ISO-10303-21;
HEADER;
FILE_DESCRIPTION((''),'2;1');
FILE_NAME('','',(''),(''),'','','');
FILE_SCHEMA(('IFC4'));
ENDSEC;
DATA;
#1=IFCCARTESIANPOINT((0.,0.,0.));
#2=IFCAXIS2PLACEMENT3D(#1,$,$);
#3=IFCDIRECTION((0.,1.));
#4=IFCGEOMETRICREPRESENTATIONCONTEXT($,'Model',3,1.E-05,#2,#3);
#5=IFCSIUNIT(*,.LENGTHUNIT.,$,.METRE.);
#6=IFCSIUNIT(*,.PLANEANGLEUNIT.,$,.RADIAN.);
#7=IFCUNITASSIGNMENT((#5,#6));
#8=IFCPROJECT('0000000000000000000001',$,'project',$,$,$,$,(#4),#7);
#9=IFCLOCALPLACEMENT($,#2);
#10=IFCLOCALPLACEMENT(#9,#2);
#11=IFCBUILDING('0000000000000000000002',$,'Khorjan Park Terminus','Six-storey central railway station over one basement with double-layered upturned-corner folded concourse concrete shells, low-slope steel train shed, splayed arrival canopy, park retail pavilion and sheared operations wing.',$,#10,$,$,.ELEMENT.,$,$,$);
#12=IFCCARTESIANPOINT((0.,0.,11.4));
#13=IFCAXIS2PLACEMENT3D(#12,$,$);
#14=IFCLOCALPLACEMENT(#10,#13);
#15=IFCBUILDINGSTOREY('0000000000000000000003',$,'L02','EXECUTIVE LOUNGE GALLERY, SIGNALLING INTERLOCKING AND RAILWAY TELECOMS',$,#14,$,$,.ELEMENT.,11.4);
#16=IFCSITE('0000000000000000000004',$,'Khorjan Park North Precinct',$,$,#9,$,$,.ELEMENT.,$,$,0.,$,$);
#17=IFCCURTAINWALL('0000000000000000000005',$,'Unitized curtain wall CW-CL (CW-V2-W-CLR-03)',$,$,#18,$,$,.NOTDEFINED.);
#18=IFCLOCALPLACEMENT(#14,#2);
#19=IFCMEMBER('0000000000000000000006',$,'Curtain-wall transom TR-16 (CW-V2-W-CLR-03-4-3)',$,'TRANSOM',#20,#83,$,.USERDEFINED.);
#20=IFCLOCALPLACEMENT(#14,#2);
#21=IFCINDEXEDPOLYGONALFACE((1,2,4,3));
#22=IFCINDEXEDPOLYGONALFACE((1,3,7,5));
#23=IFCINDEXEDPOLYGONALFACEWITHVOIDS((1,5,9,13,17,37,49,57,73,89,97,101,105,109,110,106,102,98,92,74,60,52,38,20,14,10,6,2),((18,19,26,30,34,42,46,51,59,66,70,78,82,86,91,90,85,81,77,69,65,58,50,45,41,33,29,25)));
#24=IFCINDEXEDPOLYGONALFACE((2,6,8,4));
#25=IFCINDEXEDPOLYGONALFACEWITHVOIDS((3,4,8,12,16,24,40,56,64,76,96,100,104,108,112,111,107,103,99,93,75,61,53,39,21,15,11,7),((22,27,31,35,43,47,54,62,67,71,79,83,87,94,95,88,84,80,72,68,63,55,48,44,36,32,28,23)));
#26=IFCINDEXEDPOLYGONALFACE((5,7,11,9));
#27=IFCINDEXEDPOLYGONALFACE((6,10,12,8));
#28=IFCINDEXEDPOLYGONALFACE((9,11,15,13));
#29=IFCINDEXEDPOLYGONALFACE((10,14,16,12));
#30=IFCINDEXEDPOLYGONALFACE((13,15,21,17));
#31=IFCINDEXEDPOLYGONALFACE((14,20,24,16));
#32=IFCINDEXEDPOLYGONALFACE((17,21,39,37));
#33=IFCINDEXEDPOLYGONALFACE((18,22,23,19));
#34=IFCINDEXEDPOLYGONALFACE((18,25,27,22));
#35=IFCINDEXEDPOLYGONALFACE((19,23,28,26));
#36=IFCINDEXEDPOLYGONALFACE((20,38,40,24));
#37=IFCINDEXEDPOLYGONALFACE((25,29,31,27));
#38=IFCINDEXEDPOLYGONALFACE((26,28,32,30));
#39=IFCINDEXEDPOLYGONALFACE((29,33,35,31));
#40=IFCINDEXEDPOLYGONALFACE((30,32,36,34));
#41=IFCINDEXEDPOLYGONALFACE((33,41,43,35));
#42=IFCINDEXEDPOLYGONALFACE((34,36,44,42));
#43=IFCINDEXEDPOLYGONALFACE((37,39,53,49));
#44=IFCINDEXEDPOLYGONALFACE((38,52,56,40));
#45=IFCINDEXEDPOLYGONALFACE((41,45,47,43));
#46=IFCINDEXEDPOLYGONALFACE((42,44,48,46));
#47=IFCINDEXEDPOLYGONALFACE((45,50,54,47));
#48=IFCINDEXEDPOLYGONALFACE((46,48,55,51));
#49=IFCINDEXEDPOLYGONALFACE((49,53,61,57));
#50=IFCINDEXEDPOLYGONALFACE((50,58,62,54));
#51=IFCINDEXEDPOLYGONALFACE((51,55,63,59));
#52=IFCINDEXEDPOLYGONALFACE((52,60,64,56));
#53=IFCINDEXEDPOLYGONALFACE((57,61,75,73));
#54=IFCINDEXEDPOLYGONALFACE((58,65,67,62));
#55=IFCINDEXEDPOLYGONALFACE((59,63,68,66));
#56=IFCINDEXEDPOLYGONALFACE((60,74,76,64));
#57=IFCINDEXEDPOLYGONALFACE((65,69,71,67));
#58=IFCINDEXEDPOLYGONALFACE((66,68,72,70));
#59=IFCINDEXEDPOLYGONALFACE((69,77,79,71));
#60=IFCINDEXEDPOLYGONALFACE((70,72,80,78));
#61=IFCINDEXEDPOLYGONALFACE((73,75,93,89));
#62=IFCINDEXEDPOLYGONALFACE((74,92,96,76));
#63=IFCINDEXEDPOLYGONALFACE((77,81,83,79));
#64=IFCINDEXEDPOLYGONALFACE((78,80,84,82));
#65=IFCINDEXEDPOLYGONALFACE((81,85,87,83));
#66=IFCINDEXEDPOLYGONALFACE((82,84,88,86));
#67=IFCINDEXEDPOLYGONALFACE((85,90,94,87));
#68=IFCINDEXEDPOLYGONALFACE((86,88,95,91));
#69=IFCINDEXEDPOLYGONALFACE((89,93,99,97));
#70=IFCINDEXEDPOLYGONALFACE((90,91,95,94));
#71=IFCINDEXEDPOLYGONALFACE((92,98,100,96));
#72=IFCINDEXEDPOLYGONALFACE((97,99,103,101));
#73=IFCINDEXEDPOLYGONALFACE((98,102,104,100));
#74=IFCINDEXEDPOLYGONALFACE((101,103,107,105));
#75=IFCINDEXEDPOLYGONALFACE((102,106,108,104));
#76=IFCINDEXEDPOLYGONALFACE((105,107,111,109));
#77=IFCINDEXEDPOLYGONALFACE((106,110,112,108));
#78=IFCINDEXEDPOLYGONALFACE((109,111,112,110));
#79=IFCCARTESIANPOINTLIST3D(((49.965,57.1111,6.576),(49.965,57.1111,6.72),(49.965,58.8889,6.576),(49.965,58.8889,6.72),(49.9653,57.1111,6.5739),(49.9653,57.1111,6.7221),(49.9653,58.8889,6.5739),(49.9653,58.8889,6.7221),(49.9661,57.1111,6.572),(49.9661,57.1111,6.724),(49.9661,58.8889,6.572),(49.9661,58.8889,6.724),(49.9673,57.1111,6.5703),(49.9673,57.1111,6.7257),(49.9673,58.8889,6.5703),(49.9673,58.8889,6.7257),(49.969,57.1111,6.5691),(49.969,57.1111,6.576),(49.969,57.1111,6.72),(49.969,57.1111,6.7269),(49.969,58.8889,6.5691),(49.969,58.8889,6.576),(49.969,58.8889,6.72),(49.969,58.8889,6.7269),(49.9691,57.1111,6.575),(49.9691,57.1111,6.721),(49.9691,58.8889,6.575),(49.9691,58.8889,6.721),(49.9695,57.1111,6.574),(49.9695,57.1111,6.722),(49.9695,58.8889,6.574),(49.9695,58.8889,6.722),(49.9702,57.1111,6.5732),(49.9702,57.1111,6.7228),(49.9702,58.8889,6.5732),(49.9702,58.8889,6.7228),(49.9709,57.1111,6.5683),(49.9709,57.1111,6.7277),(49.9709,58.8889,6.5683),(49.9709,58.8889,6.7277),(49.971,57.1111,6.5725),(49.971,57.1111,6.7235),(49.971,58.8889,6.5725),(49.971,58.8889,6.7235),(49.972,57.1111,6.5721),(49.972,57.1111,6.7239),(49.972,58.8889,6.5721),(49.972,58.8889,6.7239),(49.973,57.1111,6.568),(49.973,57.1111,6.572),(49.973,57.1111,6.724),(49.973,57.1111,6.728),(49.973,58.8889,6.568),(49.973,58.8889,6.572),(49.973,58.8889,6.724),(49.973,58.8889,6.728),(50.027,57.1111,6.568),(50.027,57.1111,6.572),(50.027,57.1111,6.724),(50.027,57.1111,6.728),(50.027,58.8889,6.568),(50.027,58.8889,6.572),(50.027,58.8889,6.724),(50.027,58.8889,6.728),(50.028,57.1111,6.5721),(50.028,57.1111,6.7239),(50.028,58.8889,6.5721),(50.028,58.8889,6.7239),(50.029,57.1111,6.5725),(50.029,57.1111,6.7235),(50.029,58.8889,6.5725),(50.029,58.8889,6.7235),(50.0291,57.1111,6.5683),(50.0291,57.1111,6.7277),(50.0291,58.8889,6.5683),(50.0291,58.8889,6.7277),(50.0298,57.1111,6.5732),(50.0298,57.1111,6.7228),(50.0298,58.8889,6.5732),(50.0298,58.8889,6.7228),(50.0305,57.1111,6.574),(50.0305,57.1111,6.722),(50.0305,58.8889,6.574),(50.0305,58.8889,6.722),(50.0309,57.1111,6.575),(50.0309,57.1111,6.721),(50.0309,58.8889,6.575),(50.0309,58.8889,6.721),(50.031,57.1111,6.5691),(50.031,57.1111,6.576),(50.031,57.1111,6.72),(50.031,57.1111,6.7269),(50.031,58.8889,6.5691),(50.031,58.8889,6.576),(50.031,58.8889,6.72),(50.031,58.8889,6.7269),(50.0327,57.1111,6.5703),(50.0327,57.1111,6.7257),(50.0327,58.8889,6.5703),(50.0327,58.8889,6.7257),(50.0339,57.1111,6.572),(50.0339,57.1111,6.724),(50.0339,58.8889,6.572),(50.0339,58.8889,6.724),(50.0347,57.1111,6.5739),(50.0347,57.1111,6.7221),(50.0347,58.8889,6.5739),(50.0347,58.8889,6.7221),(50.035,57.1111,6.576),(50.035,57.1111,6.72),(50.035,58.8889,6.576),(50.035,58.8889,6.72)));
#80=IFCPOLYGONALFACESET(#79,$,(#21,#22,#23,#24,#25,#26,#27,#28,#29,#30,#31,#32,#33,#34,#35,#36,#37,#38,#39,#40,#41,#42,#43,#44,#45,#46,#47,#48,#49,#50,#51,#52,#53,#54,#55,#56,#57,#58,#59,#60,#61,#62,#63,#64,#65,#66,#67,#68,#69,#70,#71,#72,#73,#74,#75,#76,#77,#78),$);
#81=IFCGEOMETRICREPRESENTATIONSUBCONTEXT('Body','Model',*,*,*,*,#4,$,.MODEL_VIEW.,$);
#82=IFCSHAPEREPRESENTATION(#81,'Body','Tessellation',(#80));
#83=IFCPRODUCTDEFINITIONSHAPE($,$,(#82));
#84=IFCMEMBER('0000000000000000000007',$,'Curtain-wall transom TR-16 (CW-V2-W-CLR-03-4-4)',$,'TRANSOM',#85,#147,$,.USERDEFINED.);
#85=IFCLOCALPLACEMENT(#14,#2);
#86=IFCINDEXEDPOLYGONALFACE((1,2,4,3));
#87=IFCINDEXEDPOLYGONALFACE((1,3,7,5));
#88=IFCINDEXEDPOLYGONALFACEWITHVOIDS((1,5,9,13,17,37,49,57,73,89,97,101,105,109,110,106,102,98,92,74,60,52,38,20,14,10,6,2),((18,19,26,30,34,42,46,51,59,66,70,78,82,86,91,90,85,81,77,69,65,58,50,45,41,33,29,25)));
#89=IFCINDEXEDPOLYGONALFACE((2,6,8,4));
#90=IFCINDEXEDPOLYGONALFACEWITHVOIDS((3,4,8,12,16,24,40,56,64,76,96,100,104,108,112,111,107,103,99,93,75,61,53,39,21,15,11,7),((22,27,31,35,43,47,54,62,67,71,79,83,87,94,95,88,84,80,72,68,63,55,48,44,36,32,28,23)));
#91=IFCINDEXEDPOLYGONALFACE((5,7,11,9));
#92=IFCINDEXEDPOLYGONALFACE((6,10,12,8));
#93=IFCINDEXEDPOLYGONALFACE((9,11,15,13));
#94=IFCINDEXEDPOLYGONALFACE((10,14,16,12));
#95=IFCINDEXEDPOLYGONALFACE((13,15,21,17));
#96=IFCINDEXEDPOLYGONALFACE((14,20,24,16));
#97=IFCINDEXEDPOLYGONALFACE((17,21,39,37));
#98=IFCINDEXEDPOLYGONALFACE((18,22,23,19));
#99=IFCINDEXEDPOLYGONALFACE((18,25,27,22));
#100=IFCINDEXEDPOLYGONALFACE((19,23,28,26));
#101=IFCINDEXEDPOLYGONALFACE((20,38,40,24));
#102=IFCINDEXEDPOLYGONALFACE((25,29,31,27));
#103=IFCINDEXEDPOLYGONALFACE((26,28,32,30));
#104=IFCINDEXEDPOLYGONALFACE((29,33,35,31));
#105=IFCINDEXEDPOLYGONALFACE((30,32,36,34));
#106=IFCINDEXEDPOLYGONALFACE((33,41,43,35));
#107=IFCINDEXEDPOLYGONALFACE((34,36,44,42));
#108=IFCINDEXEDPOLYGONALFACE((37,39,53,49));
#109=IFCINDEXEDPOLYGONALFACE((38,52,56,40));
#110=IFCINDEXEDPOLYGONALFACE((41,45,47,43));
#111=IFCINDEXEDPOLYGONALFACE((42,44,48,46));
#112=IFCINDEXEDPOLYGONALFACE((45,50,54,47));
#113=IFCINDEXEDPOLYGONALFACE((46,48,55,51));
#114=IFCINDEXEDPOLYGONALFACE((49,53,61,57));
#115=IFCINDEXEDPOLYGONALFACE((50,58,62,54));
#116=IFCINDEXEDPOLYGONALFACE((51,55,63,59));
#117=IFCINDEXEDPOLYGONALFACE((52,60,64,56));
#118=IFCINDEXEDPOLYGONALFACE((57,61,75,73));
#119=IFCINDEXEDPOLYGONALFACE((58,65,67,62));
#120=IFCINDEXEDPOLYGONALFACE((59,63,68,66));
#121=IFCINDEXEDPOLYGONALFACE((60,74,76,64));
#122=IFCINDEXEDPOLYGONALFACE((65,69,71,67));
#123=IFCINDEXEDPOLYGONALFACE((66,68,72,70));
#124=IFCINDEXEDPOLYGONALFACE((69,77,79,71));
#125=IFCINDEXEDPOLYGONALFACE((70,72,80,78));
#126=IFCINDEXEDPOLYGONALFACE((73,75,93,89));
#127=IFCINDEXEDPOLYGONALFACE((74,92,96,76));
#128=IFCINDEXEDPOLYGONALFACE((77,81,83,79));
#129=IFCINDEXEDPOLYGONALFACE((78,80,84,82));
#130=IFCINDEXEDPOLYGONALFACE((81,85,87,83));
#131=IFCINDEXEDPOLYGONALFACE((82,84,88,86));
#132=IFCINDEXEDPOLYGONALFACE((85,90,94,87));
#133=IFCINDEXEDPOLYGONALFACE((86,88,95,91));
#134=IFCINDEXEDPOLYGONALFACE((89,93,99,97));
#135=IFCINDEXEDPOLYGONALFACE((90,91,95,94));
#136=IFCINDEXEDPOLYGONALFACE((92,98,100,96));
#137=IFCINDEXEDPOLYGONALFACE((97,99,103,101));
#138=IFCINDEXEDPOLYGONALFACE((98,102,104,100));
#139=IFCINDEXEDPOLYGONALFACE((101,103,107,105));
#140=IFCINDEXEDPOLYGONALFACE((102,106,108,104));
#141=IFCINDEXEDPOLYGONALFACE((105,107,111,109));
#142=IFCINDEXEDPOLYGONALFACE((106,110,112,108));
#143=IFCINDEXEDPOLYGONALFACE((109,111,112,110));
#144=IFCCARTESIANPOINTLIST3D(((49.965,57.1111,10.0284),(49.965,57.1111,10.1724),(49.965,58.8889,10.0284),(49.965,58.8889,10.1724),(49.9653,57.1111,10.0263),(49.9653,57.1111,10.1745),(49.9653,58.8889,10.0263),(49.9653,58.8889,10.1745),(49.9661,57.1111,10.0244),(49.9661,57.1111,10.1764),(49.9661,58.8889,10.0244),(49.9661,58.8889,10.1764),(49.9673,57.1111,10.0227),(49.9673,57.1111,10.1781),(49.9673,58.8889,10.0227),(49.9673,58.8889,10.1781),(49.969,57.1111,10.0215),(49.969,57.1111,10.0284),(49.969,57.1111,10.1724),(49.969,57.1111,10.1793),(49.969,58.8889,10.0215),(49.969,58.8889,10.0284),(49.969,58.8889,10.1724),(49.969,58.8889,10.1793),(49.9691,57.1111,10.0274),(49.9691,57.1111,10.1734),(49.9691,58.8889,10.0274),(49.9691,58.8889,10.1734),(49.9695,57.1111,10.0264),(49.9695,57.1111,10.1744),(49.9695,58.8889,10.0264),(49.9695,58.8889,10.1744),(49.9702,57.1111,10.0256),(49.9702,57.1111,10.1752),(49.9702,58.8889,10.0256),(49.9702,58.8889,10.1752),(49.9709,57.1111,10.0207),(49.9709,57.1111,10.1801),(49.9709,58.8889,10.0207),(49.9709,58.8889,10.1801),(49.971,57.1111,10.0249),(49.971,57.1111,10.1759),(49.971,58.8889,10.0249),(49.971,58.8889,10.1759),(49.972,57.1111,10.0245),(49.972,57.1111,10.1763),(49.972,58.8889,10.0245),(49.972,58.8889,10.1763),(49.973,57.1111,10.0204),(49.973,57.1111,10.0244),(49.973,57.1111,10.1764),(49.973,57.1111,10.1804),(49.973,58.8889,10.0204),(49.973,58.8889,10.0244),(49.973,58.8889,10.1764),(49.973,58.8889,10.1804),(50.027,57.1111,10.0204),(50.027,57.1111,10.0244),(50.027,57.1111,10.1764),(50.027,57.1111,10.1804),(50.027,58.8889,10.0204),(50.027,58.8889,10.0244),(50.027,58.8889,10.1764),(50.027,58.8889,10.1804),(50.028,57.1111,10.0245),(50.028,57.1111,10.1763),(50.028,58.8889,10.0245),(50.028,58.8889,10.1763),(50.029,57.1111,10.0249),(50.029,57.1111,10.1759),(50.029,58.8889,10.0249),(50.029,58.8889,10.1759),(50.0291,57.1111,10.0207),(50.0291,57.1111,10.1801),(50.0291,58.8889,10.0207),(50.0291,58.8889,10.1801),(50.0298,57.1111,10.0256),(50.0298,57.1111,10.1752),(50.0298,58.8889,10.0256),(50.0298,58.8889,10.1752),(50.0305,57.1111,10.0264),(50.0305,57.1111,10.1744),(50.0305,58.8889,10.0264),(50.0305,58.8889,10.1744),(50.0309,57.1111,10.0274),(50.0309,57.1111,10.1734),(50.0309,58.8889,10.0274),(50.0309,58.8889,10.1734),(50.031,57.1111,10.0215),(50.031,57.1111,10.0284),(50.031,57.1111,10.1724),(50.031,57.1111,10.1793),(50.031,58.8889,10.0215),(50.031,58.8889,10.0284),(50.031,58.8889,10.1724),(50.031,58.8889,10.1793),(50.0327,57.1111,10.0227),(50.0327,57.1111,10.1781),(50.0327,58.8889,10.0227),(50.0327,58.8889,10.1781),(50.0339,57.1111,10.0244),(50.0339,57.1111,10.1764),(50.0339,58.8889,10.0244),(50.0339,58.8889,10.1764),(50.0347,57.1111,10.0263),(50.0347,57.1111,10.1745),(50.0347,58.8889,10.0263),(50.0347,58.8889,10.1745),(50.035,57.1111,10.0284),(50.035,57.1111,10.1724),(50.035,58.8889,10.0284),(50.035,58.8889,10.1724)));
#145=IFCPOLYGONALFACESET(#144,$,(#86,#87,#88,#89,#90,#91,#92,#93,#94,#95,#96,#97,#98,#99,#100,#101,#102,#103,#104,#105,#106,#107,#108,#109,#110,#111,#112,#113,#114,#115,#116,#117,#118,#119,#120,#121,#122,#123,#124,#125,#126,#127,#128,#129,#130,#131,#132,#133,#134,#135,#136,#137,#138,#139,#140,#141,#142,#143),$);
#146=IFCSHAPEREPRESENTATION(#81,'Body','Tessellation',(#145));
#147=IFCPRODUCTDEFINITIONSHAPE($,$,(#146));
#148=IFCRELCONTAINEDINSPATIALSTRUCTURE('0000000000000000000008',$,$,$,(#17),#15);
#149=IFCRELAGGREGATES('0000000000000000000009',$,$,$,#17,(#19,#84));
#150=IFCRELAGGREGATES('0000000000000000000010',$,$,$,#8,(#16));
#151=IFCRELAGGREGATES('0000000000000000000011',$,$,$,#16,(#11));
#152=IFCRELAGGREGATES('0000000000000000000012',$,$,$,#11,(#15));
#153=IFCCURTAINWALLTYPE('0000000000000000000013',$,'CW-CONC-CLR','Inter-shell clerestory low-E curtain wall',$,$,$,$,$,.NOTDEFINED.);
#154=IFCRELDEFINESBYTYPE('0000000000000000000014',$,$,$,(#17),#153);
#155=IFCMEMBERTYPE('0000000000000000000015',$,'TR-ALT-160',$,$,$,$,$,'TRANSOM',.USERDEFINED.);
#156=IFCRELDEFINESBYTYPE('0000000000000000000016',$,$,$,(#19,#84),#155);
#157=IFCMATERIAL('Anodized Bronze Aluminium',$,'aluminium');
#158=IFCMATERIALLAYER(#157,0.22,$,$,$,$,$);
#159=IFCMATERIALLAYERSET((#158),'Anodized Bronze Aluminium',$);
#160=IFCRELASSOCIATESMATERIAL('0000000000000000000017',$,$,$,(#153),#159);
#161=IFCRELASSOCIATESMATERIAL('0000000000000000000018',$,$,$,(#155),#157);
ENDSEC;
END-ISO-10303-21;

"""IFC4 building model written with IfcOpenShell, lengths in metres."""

from ifc_helpers import new_model, si_unit, direction, frame, origin, origin_2d, place, context, subcontext, project, spatial, hollow_rectangle, extrude, material, layer, layer_set, material_profile, profile_set, type_object, element, aggregate, save


model = new_model("IFC4")

# Units and contexts
model_context = context("Model", 3, precision=1e-05, world=origin(), true_north=direction((0.0, 1.0)))
body_context = subcontext(model_context, "Body", "Model", "MODEL_VIEW")
ifc_project = project(units=[si_unit("LENGTHUNIT", "METRE"), si_unit("PLANEANGLEUNIT", "RADIAN")], contexts=[model_context])

# Site, building, storey
site_placement = place(None, origin())
site = spatial("IfcSite", under=ifc_project, at=site_placement, Name="Khorjan Park North Precinct", CompositionType="ELEMENT", RefElevation=0.0)
building_placement = place(site_placement, origin())
building = spatial("IfcBuilding", under=site, at=building_placement, Name="Khorjan Park Terminus", Description="Six-storey central railway station over one basement with double-layered upturned-corner folded concourse concrete shells, low-slope steel train shed, splayed arrival canopy, park retail pavilion and sheared operations wing.", CompositionType="ELEMENT")
storey_placement = place(building_placement, frame((0.0, 0.0, 11.4)))
storey = spatial("IfcBuildingStorey", under=building, at=storey_placement, Name="L02", Description="EXECUTIVE LOUNGE GALLERY, SIGNALLING INTERLOCKING AND RAILWAY TELECOMS", CompositionType="ELEMENT", Elevation=11.4)

# Curtain wall, members
ifc_material_1 = material(Name="Anodized Bronze Aluminium", Category="aluminium")
ifc_layer_1 = layer(ifc_material_1, 0.22)
ifc_layer_set_1 = layer_set([ifc_layer_1], Name="Anodized Bronze Aluminium")
curtain_wall_type = type_object("IfcCurtainWallType", Name="CW-CONC-CLR", Description="Inter-shell clerestory low-E curtain wall", PredefinedType="NOTDEFINED", material=ifc_layer_set_1)
curtain_wall_placement = place(storey_placement, origin())
curtain_wall = element("IfcCurtainWall", 1, at=curtain_wall_placement, inside=storey, type_object=curtain_wall_type, Name="Unitized curtain wall CW-CL (CW-V2-W-CLR-03)", PredefinedType="NOTDEFINED")
ifc_material_profile_1 = material_profile(ifc_material_1, hollow_rectangle(XDim=0.07, YDim=0.16, WallThickness=0.004, InnerFilletRadius=0.004, OuterFilletRadius=0.008, at=origin_2d()), Name="ALT 70x160x4")
ifc_profile_set_1 = profile_set([ifc_material_profile_1], Name="Anodized Bronze Aluminium")
member_type_1 = type_object("IfcMemberType", Name="TR-ALT-160", ElementType="TRANSOM", PredefinedType="USERDEFINED", material=ifc_profile_set_1)
member_1_placement = place(storey_placement, frame((50.0, 58.8889, 6.648), z_axis=(0.0, -1.0, 0.0), x_axis=(1.0, 0.0, 0.0)))
member_1 = element("IfcMember", 2, at=member_1_placement, type_object=member_type_1, Name="Curtain-wall transom TR-16 (CW-V2-W-CLR-03-4-3)", ObjectType="TRANSOM", PredefinedType="USERDEFINED", context=body_context, shape_type="SweptSolid", body=[
    extrude(hollow_rectangle(XDim=0.07, YDim=0.16, WallThickness=0.004, InnerFilletRadius=0.004, OuterFilletRadius=0.008, at=origin_2d()), origin(), (0.0, 0.0, 1.0), 1.7778),
])
member_2_placement = place(storey_placement, frame((50.0, 58.8889, 10.1004), z_axis=(0.0, -1.0, 0.0), x_axis=(1.0, 0.0, 0.0)))
member_2 = element("IfcMember", 3, at=member_2_placement, type_object=member_type_1, Name="Curtain-wall transom TR-16 (CW-V2-W-CLR-03-4-4)", ObjectType="TRANSOM", PredefinedType="USERDEFINED", context=body_context, shape_type="SweptSolid", body=[
    extrude(hollow_rectangle(XDim=0.07, YDim=0.16, WallThickness=0.004, InnerFilletRadius=0.004, OuterFilletRadius=0.008, at=origin_2d()), origin(), (0.0, 0.0, 1.0), 1.7778),
])
aggregate(curtain_wall, [member_1, member_2])

save(model, "model.ifc")
